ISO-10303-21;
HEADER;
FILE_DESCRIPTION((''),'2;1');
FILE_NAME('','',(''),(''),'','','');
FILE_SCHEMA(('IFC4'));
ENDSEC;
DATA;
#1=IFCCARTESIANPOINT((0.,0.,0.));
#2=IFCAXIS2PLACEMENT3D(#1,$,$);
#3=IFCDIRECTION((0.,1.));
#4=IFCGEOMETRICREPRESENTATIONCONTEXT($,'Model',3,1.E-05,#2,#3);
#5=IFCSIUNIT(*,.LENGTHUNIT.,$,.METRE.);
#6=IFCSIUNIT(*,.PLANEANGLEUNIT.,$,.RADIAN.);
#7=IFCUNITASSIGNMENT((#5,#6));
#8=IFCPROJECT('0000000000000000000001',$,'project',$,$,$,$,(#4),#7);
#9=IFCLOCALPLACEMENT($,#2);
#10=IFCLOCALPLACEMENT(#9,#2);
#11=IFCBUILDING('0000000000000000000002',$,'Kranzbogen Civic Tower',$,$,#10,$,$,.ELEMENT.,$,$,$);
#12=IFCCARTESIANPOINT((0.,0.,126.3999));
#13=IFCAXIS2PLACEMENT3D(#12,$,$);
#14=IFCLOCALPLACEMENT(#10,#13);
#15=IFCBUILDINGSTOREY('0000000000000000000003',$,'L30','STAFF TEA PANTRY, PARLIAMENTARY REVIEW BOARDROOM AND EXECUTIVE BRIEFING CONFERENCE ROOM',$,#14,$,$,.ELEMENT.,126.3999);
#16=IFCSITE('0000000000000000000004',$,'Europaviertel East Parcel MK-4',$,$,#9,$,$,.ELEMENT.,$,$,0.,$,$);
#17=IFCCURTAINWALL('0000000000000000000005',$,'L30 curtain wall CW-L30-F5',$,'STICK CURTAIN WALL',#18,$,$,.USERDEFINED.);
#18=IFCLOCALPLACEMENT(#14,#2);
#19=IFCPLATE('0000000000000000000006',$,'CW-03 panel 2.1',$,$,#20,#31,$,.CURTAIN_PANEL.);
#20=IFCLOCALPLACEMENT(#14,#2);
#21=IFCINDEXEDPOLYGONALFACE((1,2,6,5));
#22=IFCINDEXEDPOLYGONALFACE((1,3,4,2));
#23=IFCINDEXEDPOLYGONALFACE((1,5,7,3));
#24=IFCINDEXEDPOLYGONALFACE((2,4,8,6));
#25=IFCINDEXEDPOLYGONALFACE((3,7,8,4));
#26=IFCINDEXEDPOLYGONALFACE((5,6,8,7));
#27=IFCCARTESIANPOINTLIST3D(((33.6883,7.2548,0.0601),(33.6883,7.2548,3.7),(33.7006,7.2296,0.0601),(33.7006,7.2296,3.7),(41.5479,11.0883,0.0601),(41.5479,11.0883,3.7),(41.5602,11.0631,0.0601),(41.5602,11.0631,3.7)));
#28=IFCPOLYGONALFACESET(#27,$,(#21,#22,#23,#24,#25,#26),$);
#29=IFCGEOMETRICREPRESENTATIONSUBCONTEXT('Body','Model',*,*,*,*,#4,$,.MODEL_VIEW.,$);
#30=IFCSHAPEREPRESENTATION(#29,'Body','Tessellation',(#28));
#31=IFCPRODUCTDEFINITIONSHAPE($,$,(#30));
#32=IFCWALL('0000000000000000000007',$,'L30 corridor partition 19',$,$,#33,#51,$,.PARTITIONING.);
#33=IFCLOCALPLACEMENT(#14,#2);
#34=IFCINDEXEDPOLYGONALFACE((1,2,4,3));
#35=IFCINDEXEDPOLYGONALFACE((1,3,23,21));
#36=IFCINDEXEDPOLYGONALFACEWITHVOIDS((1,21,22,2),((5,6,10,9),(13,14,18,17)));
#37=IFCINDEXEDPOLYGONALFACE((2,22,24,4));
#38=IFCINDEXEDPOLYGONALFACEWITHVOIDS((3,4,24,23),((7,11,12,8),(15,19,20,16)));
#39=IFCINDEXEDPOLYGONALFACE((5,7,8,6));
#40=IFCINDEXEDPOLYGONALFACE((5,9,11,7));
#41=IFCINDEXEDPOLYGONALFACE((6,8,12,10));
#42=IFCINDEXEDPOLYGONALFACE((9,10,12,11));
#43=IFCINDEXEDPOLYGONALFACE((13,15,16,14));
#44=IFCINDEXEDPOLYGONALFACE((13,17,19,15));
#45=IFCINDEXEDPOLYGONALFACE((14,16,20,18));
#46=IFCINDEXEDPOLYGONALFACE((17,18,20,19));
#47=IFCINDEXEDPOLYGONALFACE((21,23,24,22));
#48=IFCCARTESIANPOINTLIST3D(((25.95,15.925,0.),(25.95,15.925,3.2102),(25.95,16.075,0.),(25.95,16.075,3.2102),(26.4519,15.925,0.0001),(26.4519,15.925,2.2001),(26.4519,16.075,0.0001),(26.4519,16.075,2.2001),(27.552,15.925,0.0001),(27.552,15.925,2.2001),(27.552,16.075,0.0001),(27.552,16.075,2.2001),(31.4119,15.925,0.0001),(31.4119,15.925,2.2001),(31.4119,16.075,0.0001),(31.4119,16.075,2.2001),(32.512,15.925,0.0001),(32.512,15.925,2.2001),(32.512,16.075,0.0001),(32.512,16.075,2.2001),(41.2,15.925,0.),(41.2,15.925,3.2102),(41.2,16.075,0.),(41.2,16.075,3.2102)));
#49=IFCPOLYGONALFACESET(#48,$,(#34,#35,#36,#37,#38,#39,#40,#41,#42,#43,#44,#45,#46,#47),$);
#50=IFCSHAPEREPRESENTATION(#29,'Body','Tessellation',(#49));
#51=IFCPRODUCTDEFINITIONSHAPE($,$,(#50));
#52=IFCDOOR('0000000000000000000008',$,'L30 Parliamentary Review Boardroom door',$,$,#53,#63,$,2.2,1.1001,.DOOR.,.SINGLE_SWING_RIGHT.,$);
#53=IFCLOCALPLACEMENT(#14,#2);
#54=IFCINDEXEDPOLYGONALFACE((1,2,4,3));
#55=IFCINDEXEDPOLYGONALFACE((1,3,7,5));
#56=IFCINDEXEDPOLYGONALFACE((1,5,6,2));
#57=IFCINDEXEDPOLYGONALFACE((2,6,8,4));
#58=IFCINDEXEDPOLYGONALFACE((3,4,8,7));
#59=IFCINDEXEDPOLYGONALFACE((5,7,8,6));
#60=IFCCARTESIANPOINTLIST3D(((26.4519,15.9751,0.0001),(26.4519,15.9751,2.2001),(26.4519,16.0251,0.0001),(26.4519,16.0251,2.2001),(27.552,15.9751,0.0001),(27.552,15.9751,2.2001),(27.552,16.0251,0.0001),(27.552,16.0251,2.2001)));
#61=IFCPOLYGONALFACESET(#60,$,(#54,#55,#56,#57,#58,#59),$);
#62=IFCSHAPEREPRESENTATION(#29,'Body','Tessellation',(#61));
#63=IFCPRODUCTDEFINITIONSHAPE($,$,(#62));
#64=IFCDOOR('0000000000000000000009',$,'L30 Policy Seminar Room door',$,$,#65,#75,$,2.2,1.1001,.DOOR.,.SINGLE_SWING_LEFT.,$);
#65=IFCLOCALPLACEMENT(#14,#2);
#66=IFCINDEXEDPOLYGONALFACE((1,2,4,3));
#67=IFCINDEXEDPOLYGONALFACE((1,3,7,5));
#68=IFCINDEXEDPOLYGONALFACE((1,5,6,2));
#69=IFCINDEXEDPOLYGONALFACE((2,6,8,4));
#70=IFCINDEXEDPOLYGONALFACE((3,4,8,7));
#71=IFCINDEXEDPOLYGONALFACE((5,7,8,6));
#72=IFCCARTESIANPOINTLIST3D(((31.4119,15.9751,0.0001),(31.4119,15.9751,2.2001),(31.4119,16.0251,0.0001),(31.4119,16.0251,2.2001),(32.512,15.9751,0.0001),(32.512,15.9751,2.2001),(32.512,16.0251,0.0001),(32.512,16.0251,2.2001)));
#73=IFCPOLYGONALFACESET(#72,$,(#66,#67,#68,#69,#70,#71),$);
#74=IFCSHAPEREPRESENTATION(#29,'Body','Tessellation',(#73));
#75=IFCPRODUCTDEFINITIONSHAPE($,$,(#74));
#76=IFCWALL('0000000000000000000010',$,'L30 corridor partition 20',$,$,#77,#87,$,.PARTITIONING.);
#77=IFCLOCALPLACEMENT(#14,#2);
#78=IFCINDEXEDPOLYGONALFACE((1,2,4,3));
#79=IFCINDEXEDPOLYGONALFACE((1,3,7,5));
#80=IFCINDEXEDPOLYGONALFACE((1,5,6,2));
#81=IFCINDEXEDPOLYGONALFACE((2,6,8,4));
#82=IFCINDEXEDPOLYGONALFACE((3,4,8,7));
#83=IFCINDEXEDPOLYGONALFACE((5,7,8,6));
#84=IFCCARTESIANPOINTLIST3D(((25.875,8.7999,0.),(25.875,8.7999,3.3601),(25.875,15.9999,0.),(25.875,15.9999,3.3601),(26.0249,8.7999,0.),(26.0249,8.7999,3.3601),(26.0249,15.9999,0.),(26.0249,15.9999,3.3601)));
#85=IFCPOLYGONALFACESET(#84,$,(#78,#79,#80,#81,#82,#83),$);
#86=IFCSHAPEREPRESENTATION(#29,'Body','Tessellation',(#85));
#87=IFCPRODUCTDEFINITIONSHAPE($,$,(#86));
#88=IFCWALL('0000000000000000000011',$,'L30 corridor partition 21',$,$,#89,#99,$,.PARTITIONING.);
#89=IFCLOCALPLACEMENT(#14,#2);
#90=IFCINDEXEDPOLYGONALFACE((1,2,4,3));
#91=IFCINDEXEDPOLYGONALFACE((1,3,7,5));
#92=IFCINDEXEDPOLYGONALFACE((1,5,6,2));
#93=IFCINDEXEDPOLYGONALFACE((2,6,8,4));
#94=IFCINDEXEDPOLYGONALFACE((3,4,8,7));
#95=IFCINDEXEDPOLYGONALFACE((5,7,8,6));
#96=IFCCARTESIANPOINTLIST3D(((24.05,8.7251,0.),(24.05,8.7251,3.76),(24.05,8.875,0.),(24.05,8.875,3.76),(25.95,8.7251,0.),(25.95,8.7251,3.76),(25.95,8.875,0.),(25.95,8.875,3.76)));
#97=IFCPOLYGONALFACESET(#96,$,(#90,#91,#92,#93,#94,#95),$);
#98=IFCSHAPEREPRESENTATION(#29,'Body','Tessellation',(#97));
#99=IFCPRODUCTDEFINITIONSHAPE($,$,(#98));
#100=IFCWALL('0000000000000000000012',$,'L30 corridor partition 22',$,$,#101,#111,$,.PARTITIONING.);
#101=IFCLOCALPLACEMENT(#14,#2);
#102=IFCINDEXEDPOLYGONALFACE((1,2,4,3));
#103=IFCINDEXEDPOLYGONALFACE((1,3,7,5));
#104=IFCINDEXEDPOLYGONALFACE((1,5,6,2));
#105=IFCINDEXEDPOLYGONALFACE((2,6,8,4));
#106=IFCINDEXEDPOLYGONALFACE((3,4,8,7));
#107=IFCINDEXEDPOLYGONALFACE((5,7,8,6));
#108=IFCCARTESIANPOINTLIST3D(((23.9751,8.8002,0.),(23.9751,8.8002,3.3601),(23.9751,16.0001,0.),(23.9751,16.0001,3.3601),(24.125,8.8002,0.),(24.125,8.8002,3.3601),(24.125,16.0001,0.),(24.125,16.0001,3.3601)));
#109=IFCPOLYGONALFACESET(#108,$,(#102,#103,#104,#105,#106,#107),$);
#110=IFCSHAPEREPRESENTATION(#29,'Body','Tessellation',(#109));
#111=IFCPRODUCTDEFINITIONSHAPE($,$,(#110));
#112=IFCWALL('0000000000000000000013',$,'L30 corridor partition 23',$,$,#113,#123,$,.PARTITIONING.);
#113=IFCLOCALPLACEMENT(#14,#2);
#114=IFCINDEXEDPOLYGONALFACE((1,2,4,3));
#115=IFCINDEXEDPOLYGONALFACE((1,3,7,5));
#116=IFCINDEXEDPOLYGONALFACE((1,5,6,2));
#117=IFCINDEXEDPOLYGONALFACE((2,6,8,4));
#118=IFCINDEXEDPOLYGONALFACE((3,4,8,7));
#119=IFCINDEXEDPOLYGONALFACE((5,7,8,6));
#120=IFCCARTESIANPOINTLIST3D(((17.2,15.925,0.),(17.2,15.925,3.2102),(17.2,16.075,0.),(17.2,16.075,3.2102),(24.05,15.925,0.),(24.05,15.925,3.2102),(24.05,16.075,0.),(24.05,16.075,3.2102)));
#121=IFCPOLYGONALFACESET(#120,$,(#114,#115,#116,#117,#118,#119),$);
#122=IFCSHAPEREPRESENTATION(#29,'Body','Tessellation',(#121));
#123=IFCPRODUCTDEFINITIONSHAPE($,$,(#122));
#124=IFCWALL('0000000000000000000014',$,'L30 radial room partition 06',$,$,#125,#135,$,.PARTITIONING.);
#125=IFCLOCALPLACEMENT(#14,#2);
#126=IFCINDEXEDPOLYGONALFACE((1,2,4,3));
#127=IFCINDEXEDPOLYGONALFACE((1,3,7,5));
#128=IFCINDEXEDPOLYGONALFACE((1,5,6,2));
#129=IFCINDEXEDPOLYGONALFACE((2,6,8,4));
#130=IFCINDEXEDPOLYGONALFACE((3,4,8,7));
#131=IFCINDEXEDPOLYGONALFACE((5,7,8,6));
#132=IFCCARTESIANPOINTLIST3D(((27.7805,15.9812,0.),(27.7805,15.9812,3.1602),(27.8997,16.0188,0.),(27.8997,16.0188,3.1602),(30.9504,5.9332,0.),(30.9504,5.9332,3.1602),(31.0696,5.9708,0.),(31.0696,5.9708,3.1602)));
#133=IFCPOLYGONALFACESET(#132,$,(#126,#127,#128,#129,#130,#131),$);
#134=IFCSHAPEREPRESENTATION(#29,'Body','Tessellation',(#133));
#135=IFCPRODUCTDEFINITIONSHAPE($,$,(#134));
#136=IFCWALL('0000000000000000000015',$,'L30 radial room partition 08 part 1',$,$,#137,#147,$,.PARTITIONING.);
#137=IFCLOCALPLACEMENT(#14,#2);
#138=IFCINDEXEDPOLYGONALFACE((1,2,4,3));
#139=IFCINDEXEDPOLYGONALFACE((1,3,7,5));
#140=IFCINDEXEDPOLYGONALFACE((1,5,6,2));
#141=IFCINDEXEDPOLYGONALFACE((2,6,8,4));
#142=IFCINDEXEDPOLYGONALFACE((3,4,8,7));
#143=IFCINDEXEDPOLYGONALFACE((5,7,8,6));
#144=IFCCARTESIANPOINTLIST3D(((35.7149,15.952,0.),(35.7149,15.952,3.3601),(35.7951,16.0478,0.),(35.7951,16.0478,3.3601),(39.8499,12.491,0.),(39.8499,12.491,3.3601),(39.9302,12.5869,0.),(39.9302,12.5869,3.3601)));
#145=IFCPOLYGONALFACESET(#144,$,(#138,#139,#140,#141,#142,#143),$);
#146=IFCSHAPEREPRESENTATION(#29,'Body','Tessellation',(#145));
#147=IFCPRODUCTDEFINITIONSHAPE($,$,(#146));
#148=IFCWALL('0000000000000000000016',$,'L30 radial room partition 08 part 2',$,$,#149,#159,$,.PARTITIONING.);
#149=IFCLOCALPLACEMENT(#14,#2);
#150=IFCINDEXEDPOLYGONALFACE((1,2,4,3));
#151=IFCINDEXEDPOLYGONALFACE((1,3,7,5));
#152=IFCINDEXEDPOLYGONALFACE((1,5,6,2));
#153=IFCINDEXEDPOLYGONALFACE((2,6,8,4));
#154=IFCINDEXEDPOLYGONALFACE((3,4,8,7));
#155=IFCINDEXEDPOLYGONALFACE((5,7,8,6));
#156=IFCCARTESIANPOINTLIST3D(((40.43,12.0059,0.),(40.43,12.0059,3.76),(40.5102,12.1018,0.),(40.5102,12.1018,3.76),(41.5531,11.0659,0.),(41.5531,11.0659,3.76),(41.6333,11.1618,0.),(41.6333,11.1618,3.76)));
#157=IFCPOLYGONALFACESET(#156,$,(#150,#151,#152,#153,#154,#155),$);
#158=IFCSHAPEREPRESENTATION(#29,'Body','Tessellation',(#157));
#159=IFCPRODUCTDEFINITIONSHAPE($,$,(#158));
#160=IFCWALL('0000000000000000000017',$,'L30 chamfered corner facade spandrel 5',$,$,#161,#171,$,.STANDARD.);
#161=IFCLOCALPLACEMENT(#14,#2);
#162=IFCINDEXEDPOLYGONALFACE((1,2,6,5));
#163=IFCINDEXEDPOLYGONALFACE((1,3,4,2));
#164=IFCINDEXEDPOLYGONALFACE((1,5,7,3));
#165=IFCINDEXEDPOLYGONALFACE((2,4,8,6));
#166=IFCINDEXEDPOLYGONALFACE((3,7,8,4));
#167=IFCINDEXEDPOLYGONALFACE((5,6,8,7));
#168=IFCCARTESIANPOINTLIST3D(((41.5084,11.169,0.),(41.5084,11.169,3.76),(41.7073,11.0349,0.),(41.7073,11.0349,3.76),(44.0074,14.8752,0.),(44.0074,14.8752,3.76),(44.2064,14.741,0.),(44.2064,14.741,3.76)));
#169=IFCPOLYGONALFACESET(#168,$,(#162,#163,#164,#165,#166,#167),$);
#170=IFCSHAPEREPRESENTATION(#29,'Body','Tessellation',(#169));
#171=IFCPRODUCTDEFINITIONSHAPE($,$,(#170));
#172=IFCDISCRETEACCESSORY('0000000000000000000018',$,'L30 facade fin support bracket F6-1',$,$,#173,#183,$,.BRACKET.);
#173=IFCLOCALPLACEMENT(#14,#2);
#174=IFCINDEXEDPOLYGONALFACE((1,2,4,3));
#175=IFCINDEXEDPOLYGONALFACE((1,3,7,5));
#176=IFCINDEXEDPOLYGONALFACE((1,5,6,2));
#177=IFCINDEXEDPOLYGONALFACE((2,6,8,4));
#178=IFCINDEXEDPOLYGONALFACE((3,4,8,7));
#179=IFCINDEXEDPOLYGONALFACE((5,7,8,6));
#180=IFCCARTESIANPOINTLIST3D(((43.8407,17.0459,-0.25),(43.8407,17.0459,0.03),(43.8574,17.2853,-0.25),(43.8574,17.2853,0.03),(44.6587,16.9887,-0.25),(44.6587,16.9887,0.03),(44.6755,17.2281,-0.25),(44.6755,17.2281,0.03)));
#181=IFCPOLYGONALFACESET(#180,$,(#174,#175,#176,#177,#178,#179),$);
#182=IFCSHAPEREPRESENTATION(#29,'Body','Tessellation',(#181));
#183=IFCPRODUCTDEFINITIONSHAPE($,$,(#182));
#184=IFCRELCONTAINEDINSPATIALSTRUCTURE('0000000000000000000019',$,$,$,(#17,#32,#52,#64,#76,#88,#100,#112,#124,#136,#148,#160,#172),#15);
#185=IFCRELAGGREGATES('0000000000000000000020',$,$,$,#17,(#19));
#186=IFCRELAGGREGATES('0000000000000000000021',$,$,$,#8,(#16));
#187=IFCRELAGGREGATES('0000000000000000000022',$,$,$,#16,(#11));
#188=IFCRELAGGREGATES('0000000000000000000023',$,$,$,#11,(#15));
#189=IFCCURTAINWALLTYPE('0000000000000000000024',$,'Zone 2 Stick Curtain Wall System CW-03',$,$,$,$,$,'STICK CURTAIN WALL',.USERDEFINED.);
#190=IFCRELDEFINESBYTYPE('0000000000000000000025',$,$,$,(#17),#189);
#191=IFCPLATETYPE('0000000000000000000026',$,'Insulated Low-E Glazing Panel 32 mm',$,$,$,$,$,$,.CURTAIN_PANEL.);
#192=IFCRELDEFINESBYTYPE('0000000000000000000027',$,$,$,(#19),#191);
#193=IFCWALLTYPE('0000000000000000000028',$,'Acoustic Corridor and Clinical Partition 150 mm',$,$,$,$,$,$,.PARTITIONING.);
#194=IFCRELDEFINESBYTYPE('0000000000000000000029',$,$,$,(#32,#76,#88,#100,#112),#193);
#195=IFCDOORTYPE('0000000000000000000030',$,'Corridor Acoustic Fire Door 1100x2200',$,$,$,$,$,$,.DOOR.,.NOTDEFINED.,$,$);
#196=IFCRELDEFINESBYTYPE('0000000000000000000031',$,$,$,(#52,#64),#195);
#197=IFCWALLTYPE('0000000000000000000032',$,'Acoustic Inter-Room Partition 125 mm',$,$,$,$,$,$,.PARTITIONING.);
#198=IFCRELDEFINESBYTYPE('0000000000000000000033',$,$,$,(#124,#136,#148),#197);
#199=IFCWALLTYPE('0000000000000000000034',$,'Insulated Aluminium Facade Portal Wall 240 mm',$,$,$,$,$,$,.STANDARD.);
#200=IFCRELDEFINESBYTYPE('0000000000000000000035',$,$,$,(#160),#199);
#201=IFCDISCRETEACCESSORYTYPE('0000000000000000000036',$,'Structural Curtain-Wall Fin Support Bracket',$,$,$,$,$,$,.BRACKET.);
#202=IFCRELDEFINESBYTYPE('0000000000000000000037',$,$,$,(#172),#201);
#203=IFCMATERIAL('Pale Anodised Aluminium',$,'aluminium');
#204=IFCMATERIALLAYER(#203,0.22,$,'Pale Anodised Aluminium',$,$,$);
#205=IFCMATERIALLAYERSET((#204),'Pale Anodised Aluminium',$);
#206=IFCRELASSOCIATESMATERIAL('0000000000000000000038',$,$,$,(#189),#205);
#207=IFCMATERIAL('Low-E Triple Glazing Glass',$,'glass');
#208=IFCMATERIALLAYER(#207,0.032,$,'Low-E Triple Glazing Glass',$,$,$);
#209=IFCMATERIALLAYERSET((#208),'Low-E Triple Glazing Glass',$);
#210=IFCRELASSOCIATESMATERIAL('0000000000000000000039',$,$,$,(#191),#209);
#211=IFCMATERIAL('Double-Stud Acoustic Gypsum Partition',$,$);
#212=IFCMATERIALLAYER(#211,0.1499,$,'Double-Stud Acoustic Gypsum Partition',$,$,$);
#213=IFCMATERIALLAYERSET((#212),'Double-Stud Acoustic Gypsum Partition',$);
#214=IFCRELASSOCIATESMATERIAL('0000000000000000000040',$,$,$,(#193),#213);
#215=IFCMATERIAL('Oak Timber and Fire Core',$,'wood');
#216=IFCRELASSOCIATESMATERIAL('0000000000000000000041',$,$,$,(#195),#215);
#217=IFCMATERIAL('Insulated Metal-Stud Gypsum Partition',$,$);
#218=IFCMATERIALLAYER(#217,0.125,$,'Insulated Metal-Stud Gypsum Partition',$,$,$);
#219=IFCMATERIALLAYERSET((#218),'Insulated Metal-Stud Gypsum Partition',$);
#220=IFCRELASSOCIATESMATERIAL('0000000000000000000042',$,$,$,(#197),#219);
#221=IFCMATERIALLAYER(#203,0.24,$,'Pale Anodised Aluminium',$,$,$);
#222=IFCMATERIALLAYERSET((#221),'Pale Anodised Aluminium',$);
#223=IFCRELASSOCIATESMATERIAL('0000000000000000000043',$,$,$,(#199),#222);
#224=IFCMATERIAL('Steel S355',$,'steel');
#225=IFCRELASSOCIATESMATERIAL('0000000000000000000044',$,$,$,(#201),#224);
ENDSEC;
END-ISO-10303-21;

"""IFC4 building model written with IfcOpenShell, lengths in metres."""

from ifc_helpers import new_model, si_unit, direction, frame, frame_2d, origin, origin_2d, place, context, subcontext, project, spatial, rectangle, extrude, material, layer, layer_set, type_object, element, fill, aggregate, save


model = new_model("IFC4")

# Units and contexts
model_context = context("Model", 3, precision=1e-05, world=origin(), true_north=direction((0.0, 1.0)))
body_context = subcontext(model_context, "Body", "Model", "MODEL_VIEW")
ifc_project = project(units=[si_unit("LENGTHUNIT", "METRE"), si_unit("PLANEANGLEUNIT", "RADIAN")], contexts=[model_context])

# Site, building, storey
site_placement = place(None, origin())
site = spatial("IfcSite", under=ifc_project, at=site_placement, Name="Europaviertel East Parcel MK-4", CompositionType="ELEMENT", RefElevation=0.0)
building_placement = place(site_placement, origin())
building = spatial("IfcBuilding", under=site, at=building_placement, Name="Kranzbogen Civic Tower", CompositionType="ELEMENT")
storey_placement = place(building_placement, frame((0.0, 0.0, 126.3999)))
storey = spatial("IfcBuildingStorey", under=building, at=storey_placement, Name="L30", Description="STAFF TEA PANTRY, PARLIAMENTARY REVIEW BOARDROOM AND EXECUTIVE BRIEFING CONFERENCE ROOM", CompositionType="ELEMENT", Elevation=126.3999)

# Curtain wall
ifc_material_1 = material(Name="Pale Anodised Aluminium", Category="aluminium")
ifc_layer_1 = layer(ifc_material_1, 0.22, Name="Pale Anodised Aluminium")
ifc_layer_set_1 = layer_set([ifc_layer_1], Name="Pale Anodised Aluminium")
curtain_wall_type = type_object("IfcCurtainWallType", Name="Zone 2 Stick Curtain Wall System CW-03", ElementType="STICK CURTAIN WALL", PredefinedType="USERDEFINED", material=ifc_layer_set_1)
curtain_wall_1_placement = place(storey_placement, origin())
curtain_wall_1 = element("IfcCurtainWall", 1, at=curtain_wall_1_placement, inside=storey, type_object=curtain_wall_type, Name="L30 curtain wall CW-L30-F5", ObjectType="STICK CURTAIN WALL", PredefinedType="USERDEFINED")

# Shared definitions
ifc_material_2 = material(Name="Steel S355", Category="steel")

# Plate
ifc_material_3 = material(Name="Low-E Triple Glazing Glass", Category="glass")
ifc_layer_2 = layer(ifc_material_3, 0.032, Name="Low-E Triple Glazing Glass")
ifc_layer_set_2 = layer_set([ifc_layer_2], Name="Low-E Triple Glazing Glass")
plate_type = type_object("IfcPlateType", Name="Insulated Low-E Glazing Panel 32 mm", PredefinedType="CURTAIN_PANEL", material=ifc_layer_set_2)
plate_1_placement = place(storey_placement, frame((37.6243, 9.1589, 0.0601), z_axis=(0.0, 0.0, 1.0), x_axis=(0.898787, 0.438386, 0.0)))
plate_1 = element("IfcPlate", 2, at=plate_1_placement, type_object=plate_type, Name="CW-03 panel 2.1", PredefinedType="CURTAIN_PANEL", context=body_context, shape_type="SweptSolid", body=[
    extrude(rectangle(XDim=8.7446, YDim=0.0281, at=origin_2d()), origin(), (0.0, 0.0, 1.0), 3.6399),
])
aggregate(curtain_wall_1, [plate_1])

# Wall, openings, doors
ifc_material_4 = material(Name="Double-Stud Acoustic Gypsum Partition")
ifc_layer_3 = layer(ifc_material_4, 0.1499, Name="Double-Stud Acoustic Gypsum Partition")
ifc_layer_set_3 = layer_set([ifc_layer_3], Name="Double-Stud Acoustic Gypsum Partition")
wall_type_1 = type_object("IfcWallType", Name="Acoustic Corridor and Clinical Partition 150 mm", PredefinedType="PARTITIONING", material=ifc_layer_set_3)
wall_1_placement = place(storey_placement, frame((41.2, 16.0, 0.0), z_axis=(0.0, 0.0, 1.0), x_axis=(-1.0, 0.0, 0.0)))
wall_1 = element("IfcWall", 3, at=wall_1_placement, inside=storey, type_object=wall_type_1, Name="L30 corridor partition 19", PredefinedType="PARTITIONING", context=body_context, shape_type="SweptSolid", body=[
    extrude(rectangle(XDim=15.25, YDim=0.1499, at=frame_2d((7.625, 0.0))), origin(), (0.0, 0.0, 1.0), 3.2102),
])
opening_1_placement = place(wall_1_placement, frame((13.6479, 0.0, 0.0)))
opening_1 = element("IfcOpeningElement", 4, at=opening_1_placement, cuts=wall_1, PredefinedType="OPENING", context=body_context, shape_type="SweptSolid", body=[
    extrude(rectangle(XDim=1.1001, YDim=2.2, at=frame_2d((0.55, 1.1001))), frame((0.0, 0.085, 0.0), z_axis=(0.0, -1.0, 0.0), x_axis=(1.0, 0.0, 0.0)), (0.0, 0.0, 1.0), 0.1699),
])
opening_2_placement = place(wall_1_placement, frame((8.688, 0.0, 0.0)))
opening_2 = element("IfcOpeningElement", 5, at=opening_2_placement, cuts=wall_1, PredefinedType="OPENING", context=body_context, shape_type="SweptSolid", body=[
    extrude(rectangle(XDim=1.1001, YDim=2.2, at=frame_2d((0.55, 1.1001))), frame((0.0, 0.085, 0.0), z_axis=(0.0, -1.0, 0.0), x_axis=(1.0, 0.0, 0.0)), (0.0, 0.0, 1.0), 0.1699),
])
ifc_material_5 = material(Name="Oak Timber and Fire Core", Category="wood")
door_type = type_object("IfcDoorType", Name="Corridor Acoustic Fire Door 1100x2200", OperationType="NOTDEFINED", PredefinedType="DOOR", material=ifc_material_5)
door_1_placement = place(opening_1_placement, origin())
door_1 = element("IfcDoor", 6, at=door_1_placement, inside=storey, type_object=door_type, Name="L30 Parliamentary Review Boardroom door", OperationType="SINGLE_SWING_RIGHT", OverallHeight=2.2, OverallWidth=1.1001, PredefinedType="DOOR", context=body_context, shape_type="SweptSolid", body=[
    extrude(rectangle(XDim=1.1001, YDim=2.2, at=frame_2d((0.55, 1.1001))), frame((0.0, 0.0249, 0.0), z_axis=(0.0, -1.0, 0.0), x_axis=(1.0, 0.0, 0.0)), (0.0, 0.0, 1.0), 0.05),
])
fill(opening_1, door_1)
door_2_placement = place(opening_2_placement, origin())
door_2 = element("IfcDoor", 7, at=door_2_placement, inside=storey, type_object=door_type, Name="L30 Policy Seminar Room door", OperationType="SINGLE_SWING_LEFT", OverallHeight=2.2, OverallWidth=1.1001, PredefinedType="DOOR", context=body_context, shape_type="SweptSolid", body=[
    extrude(rectangle(XDim=1.1001, YDim=2.2, at=frame_2d((0.55, 1.1001))), frame((0.0, 0.0249, 0.0), z_axis=(0.0, -1.0, 0.0), x_axis=(1.0, 0.0, 0.0)), (0.0, 0.0, 1.0), 0.05),
])
fill(opening_2, door_2)

# Walls
wall_2_placement = place(storey_placement, frame((25.95, 16.0, 0.0), z_axis=(0.0, 0.0, 1.0), x_axis=(0.0, -1.0, 0.0)))
element("IfcWall", 8, at=wall_2_placement, inside=storey, type_object=wall_type_1, Name="L30 corridor partition 20", PredefinedType="PARTITIONING", context=body_context, shape_type="SweptSolid", body=[
    extrude(rectangle(XDim=7.2, YDim=0.1499, at=frame_2d((3.6001, 0.0))), origin(), (0.0, 0.0, 1.0), 3.3601),
])
wall_3_placement = place(storey_placement, frame((25.95, 8.8, 0.0), z_axis=(0.0, 0.0, 1.0), x_axis=(-1.0, 0.0, 0.0)))
element("IfcWall", 9, at=wall_3_placement, inside=storey, type_object=wall_type_1, Name="L30 corridor partition 21", PredefinedType="PARTITIONING", context=body_context, shape_type="SweptSolid", body=[
    extrude(rectangle(XDim=1.8999, YDim=0.1499, at=frame_2d((0.95, 0.0))), origin(), (0.0, 0.0, 1.0), 3.76),
])
wall_4_placement = place(storey_placement, frame((24.05, 8.8, 0.0), z_axis=(0.0, 0.0, 1.0), x_axis=(0.0, 1.0, 0.0)))
element("IfcWall", 10, at=wall_4_placement, inside=storey, type_object=wall_type_1, Name="L30 corridor partition 22", PredefinedType="PARTITIONING", context=body_context, shape_type="SweptSolid", body=[
    extrude(rectangle(XDim=7.2, YDim=0.1499, at=frame_2d((3.6001, 0.0))), origin(), (0.0, 0.0, 1.0), 3.3601),
])
wall_5_placement = place(storey_placement, frame((24.05, 16.0, 0.0), z_axis=(0.0, 0.0, 1.0), x_axis=(-1.0, 0.0, 0.0)))
element("IfcWall", 11, at=wall_5_placement, inside=storey, type_object=wall_type_1, Name="L30 corridor partition 23", PredefinedType="PARTITIONING", context=body_context, shape_type="SweptSolid", body=[
    extrude(rectangle(XDim=6.8501, YDim=0.1499, at=frame_2d((3.425, 0.0))), origin(), (0.0, 0.0, 1.0), 3.2102),
])
ifc_material_6 = material(Name="Insulated Metal-Stud Gypsum Partition")
ifc_layer_4 = layer(ifc_material_6, 0.125, Name="Insulated Metal-Stud Gypsum Partition")
ifc_layer_set_4 = layer_set([ifc_layer_4], Name="Insulated Metal-Stud Gypsum Partition")
wall_type_2 = type_object("IfcWallType", Name="Acoustic Inter-Room Partition 125 mm", PredefinedType="PARTITIONING", material=ifc_layer_set_4)
wall_6_placement = place(storey_placement, frame((27.8401, 16.0, 0.0), z_axis=(0.0, 0.0, 1.0), x_axis=(0.300859, -0.953669, 0.0)))
element("IfcWall", 12, at=wall_6_placement, inside=storey, type_object=wall_type_2, Name="L30 radial room partition 06", PredefinedType="PARTITIONING", context=body_context, shape_type="SweptSolid", body=[
    extrude(rectangle(XDim=10.5361, YDim=0.125, at=frame_2d((5.2681, 0.0))), origin(), (0.0, 0.0, 1.0), 3.1602),
])
wall_7_placement = place(storey_placement, frame((35.7549, 16.0, 0.0), z_axis=(0.0, 0.0, 1.0), x_axis=(0.766843, -0.641835, 0.0)))
element("IfcWall", 13, at=wall_7_placement, inside=storey, type_object=wall_type_2, Name="L30 radial room partition 08 part 1", PredefinedType="PARTITIONING", context=body_context, shape_type="SweptSolid", body=[
    extrude(rectangle(XDim=5.3923, YDim=0.125, at=frame_2d((2.6963, 0.0))), origin(), (0.0, 0.0, 1.0), 3.3601),
])
wall_8_placement = place(storey_placement, frame((40.47, 12.054, 0.0), z_axis=(0.0, 0.0, 1.0), x_axis=(0.766853, -0.641823, 0.0)))
element("IfcWall", 14, at=wall_8_placement, inside=storey, type_object=wall_type_2, Name="L30 radial room partition 08 part 2", PredefinedType="PARTITIONING", context=body_context, shape_type="SweptSolid", body=[
    extrude(rectangle(XDim=1.4646, YDim=0.125, at=frame_2d((0.7324, 0.0))), origin(), (0.0, 0.0, 1.0), 3.76),
])
ifc_layer_5 = layer(ifc_material_1, 0.24, Name="Pale Anodised Aluminium")
ifc_layer_set_5 = layer_set([ifc_layer_5], Name="Pale Anodised Aluminium")
wall_type_3 = type_object("IfcWallType", Name="Insulated Aluminium Facade Portal Wall 240 mm", PredefinedType="STANDARD", material=ifc_layer_set_5)
wall_9_placement = place(storey_placement, frame((41.6079, 11.1021, 0.0), z_axis=(0.0, 0.0, 1.0), x_axis=(0.559079, 0.829115, 0.0)))
element("IfcWall", 15, at=wall_9_placement, inside=storey, type_object=wall_type_3, Name="L30 chamfered corner facade spandrel 5", PredefinedType="STANDARD", context=body_context, shape_type="SweptSolid", body=[
    extrude(rectangle(XDim=4.47, YDim=0.24, at=frame_2d((2.2349, 0.0))), origin(), (0.0, 0.0, 1.0), 3.76),
])

# Discrete accessory
discrete_accessory_type = type_object("IfcDiscreteAccessoryType", Name="Structural Curtain-Wall Fin Support Bracket", PredefinedType="BRACKET", material=ifc_material_2)
discrete_accessory_placement = place(storey_placement, frame((44.2581, 17.137, -0.25), z_axis=(0.0, 0.0, 1.0), x_axis=(0.997564, -0.069756, 0.0)))
element("IfcDiscreteAccessory", 16, at=discrete_accessory_placement, inside=storey, type_object=discrete_accessory_type, Name="L30 facade fin support bracket F6-1", PredefinedType="BRACKET", context=body_context, shape_type="SweptSolid", body=[
    extrude(rectangle(XDim=0.8201, YDim=0.24, at=origin_2d()), origin(), (0.0, 0.0, 1.0), 0.28),
])

save(model, "model.ifc")
